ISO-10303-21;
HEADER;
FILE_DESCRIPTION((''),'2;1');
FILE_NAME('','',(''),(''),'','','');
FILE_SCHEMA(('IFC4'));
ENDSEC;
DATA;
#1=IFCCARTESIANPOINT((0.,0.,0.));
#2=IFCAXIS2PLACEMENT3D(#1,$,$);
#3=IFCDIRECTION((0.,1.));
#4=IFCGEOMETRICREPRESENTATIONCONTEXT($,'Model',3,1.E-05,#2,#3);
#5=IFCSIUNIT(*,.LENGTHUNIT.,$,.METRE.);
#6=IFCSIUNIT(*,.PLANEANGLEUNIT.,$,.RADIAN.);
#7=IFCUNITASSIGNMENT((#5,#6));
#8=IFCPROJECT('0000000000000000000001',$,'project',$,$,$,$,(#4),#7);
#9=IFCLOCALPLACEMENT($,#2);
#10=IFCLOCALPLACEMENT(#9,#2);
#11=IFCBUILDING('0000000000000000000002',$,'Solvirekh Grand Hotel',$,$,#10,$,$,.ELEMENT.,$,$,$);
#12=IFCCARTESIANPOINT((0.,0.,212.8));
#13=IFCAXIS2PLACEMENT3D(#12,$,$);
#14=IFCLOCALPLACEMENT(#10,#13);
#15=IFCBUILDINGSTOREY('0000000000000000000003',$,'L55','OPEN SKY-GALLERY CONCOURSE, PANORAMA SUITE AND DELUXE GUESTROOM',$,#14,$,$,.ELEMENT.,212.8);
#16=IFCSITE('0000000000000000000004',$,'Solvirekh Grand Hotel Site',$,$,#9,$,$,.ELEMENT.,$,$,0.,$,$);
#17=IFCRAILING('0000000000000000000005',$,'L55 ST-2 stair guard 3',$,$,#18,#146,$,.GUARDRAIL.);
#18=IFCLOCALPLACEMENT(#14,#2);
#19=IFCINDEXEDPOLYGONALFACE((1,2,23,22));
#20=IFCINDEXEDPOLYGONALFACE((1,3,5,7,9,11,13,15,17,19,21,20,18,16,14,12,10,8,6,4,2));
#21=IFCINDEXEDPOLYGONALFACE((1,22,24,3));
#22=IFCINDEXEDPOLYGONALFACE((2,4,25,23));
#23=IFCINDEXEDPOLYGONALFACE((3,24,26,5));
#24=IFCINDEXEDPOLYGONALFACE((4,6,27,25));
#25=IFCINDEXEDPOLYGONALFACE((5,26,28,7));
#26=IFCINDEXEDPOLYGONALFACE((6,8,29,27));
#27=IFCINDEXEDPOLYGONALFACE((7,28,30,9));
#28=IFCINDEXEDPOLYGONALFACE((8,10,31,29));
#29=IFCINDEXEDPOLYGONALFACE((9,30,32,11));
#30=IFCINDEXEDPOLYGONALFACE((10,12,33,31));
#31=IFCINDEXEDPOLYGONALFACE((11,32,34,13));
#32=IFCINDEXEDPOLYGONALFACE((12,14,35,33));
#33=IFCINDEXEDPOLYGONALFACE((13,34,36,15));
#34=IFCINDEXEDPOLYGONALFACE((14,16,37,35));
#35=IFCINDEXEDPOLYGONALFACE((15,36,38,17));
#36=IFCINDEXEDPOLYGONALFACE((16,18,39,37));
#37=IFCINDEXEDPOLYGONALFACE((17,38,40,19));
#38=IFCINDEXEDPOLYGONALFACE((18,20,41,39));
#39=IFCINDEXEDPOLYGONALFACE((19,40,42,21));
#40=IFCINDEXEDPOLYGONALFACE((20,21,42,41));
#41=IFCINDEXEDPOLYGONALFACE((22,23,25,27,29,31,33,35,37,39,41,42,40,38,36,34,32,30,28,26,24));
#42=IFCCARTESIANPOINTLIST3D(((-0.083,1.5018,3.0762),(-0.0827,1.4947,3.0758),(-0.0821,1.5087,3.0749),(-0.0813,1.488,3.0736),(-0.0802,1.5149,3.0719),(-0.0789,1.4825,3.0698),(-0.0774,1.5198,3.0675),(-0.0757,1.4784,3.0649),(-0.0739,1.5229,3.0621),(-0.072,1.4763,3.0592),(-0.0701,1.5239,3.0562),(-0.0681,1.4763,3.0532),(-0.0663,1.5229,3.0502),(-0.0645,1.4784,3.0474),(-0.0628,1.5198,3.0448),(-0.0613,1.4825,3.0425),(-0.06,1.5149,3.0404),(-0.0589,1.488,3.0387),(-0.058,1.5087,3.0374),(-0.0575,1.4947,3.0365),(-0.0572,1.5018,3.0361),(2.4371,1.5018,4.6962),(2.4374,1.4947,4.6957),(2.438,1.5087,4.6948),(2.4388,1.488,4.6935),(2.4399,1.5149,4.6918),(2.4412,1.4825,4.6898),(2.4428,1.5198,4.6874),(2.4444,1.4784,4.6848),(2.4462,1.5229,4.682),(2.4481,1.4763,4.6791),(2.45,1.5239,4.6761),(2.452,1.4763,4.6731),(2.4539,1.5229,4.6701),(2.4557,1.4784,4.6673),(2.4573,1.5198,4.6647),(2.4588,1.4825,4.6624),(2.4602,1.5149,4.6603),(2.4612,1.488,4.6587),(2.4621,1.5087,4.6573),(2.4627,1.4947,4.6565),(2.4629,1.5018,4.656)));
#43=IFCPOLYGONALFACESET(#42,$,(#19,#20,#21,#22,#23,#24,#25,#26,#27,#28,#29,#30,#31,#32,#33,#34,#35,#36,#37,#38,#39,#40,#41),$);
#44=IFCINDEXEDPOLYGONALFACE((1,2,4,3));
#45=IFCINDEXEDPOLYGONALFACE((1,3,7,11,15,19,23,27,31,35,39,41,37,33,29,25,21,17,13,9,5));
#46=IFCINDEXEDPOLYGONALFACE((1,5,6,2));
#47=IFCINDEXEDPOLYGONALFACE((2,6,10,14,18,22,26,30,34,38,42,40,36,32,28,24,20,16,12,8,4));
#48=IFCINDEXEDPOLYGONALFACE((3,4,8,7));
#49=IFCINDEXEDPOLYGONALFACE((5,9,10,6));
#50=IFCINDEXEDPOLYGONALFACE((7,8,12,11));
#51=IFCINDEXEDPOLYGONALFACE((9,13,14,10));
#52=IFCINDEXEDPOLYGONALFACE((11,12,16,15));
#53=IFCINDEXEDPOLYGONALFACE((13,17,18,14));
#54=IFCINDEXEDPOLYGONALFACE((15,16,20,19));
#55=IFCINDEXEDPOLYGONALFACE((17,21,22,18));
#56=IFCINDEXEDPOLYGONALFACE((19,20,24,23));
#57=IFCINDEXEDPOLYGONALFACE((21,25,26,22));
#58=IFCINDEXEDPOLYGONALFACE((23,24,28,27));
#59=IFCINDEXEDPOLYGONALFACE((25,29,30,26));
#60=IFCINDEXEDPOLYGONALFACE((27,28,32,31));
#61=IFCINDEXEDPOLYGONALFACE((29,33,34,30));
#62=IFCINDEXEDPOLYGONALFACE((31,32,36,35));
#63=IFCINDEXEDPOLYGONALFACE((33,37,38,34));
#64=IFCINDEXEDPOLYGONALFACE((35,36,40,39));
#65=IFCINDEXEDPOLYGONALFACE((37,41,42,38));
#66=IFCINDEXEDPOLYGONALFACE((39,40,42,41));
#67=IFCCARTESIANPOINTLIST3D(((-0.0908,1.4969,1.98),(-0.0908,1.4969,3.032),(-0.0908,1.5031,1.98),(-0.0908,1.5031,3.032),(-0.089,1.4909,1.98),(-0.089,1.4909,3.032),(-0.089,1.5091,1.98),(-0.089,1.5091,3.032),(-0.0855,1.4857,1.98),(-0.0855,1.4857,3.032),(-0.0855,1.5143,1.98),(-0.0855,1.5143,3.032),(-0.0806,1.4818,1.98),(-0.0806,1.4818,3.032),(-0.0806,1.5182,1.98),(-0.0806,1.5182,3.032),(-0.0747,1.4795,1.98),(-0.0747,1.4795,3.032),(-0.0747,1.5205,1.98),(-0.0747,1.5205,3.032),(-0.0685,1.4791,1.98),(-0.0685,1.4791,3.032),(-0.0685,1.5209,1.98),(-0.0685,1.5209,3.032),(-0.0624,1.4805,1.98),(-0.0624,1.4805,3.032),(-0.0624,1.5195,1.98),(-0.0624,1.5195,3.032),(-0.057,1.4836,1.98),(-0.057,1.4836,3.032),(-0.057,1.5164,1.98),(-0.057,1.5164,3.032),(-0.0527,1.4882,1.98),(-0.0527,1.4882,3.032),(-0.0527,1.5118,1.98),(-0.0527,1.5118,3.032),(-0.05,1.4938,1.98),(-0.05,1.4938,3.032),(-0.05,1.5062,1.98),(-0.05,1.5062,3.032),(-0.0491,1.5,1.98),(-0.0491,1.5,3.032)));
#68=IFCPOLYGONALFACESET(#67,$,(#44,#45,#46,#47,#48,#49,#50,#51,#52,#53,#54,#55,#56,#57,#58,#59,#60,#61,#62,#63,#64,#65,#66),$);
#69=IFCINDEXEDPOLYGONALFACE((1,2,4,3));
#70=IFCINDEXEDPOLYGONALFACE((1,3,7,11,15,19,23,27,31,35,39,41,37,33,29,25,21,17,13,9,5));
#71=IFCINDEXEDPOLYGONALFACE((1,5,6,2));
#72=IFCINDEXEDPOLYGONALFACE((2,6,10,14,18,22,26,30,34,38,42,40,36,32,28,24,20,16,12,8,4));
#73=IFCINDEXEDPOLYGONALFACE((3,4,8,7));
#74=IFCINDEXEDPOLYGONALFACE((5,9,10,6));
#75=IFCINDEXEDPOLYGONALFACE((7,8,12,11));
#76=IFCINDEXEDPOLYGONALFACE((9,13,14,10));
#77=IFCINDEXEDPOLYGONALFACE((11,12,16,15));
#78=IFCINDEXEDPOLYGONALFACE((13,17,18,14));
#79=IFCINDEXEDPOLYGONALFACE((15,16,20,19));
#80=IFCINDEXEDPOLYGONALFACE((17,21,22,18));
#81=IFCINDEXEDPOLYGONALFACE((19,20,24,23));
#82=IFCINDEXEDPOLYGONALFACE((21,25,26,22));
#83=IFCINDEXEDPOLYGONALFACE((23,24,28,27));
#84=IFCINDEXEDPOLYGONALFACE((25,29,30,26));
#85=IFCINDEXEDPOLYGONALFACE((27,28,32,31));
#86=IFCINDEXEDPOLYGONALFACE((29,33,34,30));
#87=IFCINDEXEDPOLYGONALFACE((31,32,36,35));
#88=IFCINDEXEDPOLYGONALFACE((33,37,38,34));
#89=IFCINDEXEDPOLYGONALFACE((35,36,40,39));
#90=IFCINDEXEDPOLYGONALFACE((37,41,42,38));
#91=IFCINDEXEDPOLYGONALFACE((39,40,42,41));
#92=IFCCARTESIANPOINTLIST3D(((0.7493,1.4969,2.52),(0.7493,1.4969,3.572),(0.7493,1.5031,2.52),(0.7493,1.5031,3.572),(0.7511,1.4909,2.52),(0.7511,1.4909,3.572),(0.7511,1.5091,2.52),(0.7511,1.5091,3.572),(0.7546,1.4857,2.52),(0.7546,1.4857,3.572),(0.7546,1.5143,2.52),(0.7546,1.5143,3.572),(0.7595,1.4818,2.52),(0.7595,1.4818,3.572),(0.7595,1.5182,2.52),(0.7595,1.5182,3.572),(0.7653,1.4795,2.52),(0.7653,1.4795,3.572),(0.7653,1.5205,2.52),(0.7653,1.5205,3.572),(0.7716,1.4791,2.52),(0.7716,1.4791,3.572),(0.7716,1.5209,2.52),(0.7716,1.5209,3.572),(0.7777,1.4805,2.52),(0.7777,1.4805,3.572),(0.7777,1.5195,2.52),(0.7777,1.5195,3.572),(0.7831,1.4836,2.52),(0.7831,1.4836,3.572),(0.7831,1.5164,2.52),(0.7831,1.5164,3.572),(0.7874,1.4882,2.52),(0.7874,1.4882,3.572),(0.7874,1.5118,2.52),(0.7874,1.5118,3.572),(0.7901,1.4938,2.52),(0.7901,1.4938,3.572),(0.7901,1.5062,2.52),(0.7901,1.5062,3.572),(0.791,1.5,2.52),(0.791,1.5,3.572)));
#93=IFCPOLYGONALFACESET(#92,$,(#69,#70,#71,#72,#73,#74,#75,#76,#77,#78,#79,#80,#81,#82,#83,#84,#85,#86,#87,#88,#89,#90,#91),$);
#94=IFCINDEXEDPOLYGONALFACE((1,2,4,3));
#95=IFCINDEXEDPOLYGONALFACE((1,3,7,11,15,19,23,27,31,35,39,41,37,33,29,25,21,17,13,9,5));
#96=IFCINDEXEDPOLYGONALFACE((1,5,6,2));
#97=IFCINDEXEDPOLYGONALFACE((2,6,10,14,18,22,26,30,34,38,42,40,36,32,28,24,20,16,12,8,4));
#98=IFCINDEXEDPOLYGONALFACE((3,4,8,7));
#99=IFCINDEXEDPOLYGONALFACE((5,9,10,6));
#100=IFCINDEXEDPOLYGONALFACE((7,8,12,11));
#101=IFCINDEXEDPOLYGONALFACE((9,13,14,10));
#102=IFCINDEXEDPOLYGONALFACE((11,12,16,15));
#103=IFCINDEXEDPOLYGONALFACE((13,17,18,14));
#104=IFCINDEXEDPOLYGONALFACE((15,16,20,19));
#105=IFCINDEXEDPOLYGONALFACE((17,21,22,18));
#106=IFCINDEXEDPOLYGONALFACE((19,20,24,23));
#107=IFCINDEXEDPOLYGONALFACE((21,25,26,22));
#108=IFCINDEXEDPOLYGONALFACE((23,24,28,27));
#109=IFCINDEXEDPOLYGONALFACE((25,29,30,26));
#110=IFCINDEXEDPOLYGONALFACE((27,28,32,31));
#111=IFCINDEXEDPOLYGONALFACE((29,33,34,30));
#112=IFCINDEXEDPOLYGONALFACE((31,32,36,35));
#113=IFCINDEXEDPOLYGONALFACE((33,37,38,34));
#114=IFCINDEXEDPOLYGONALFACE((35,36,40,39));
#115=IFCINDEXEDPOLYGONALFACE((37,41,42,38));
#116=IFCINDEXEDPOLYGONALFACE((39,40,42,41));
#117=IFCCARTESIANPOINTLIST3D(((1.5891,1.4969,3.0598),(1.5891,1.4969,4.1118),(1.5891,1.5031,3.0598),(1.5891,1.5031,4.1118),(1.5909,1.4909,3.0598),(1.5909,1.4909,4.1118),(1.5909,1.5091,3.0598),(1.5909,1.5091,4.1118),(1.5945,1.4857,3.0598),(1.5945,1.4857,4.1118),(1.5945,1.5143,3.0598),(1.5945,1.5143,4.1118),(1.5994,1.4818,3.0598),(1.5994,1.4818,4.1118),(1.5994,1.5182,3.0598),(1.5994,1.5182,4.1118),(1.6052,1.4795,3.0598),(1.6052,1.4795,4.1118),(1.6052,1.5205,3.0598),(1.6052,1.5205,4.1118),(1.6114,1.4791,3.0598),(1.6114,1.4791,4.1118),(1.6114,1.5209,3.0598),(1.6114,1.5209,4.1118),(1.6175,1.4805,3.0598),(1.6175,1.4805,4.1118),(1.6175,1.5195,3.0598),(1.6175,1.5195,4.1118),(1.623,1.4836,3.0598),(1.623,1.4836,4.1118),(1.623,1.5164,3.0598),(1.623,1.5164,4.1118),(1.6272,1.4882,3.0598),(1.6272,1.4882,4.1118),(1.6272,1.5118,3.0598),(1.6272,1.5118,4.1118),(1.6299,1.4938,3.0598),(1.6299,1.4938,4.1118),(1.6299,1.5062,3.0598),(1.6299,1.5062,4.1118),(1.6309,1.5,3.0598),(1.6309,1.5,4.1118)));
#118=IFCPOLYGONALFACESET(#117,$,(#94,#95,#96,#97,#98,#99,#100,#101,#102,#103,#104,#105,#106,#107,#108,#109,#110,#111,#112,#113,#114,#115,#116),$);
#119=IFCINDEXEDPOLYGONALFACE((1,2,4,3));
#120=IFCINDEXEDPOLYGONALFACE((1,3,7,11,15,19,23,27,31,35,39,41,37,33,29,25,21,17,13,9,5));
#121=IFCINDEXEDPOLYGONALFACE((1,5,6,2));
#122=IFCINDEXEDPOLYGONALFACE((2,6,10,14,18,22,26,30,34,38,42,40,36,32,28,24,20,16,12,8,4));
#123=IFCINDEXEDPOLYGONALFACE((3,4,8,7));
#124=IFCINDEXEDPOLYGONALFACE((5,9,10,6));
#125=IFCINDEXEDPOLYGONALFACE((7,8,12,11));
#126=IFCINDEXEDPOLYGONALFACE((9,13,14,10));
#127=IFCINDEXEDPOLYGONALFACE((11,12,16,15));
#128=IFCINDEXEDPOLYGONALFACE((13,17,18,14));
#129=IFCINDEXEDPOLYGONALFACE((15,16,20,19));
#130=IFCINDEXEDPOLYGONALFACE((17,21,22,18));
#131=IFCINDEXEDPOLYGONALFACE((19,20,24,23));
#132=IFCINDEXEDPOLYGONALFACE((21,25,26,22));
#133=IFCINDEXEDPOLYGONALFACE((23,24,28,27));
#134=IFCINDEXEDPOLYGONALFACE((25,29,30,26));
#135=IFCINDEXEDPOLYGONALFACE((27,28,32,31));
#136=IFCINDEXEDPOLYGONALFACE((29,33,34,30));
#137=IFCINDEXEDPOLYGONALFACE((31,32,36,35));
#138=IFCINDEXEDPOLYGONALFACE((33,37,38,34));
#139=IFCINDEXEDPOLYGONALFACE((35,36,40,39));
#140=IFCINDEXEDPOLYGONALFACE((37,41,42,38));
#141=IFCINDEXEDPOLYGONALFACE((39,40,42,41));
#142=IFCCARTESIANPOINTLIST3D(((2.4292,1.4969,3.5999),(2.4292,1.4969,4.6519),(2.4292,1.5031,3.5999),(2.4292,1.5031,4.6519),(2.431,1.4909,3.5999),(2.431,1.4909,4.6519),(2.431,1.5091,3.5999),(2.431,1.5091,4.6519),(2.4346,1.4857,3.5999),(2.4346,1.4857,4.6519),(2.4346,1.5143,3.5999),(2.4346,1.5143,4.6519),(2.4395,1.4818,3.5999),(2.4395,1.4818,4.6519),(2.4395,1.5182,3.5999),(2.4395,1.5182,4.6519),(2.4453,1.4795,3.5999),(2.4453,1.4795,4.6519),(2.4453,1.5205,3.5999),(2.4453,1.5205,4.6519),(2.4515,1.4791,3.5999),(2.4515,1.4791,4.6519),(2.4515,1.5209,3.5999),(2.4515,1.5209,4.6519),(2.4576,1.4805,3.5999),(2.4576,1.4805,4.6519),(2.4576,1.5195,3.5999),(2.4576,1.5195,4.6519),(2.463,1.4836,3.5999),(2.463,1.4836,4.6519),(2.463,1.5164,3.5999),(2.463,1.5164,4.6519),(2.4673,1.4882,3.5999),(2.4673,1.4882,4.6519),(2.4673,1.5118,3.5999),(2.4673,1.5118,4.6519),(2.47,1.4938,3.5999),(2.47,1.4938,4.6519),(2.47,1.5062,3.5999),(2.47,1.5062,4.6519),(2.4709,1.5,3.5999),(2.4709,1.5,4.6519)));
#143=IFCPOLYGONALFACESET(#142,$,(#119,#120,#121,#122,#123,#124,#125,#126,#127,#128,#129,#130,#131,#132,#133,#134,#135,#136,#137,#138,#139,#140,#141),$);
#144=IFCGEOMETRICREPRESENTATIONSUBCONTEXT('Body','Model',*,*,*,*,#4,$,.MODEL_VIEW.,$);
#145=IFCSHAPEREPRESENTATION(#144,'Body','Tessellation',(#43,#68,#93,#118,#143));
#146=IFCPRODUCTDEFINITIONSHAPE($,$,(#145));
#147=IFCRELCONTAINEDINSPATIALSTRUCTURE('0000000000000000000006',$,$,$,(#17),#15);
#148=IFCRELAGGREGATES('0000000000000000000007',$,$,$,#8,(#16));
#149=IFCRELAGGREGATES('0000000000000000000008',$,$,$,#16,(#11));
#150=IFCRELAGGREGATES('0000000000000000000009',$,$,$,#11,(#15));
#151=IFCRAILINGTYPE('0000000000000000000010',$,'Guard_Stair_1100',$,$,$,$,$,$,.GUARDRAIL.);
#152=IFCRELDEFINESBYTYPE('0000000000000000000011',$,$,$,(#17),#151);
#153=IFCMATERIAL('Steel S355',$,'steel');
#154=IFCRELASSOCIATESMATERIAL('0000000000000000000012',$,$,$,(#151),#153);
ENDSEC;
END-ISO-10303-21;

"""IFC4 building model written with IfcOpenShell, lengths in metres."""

from ifc_helpers import new_model, si_unit, direction, frame, origin, origin_2d, place, context, subcontext, project, spatial, circle, extrude, material, type_object, element, save


model = new_model("IFC4")

# Units and contexts
model_context = context("Model", 3, precision=1e-05, world=origin(), true_north=direction((0.0, 1.0)))
body_context = subcontext(model_context, "Body", "Model", "MODEL_VIEW")
ifc_project = project(units=[si_unit("LENGTHUNIT", "METRE"), si_unit("PLANEANGLEUNIT", "RADIAN")], contexts=[model_context])

# Site, building, storey
site_placement = place(None, origin())
site = spatial("IfcSite", under=ifc_project, at=site_placement, Name="Solvirekh Grand Hotel Site", CompositionType="ELEMENT", RefElevation=0.0)
building_placement = place(site_placement, origin())
building = spatial("IfcBuilding", under=site, at=building_placement, Name="Solvirekh Grand Hotel", CompositionType="ELEMENT")
storey_placement = place(building_placement, frame((0.0, 0.0, 212.8)))
storey = spatial("IfcBuildingStorey", under=building, at=storey_placement, Name="L55", Description="OPEN SKY-GALLERY CONCOURSE, PANORAMA SUITE AND DELUXE GUESTROOM", CompositionType="ELEMENT", Elevation=212.8)

# Shared definitions
ifc_material_1 = material(Name="Steel S355", Category="steel")

# Railing
railing_type_1 = type_object("IfcRailingType", Name="Guard_Stair_1100", PredefinedType="GUARDRAIL", material=ifc_material_1)
railing_1_placement = place(storey_placement, frame((-0.0701, 1.5, 1.98)))
element("IfcRailing", 1, at=railing_1_placement, inside=storey, type_object=railing_type_1, Name="L55 ST-2 stair guard 3", PredefinedType="GUARDRAIL", context=body_context, shape_type="SweptSolid", body=[
    extrude(circle(Radius=0.0239, at=origin_2d()), frame((0.0, 0.0, 1.0762), z_axis=(0.8412, 0.0, 0.540725), x_axis=(0.0, 1.0, 0.0)), (0.0, 0.0, 1.0), 2.9958),
    extrude(circle(Radius=0.021, at=origin_2d()), origin(), (0.0, 0.0, 1.0), 1.052),
    extrude(circle(Radius=0.021, at=origin_2d()), frame((0.8401, 0.0, 0.54)), (0.0, 0.0, 1.0), 1.052),
    extrude(circle(Radius=0.021, at=origin_2d()), frame((1.6799, 0.0, 1.0798)), (0.0, 0.0, 1.0), 1.052),
    extrude(circle(Radius=0.021, at=origin_2d()), frame((2.52, 0.0, 1.6199)), (0.0, 0.0, 1.0), 1.052),
])

save(model, "model.ifc")
